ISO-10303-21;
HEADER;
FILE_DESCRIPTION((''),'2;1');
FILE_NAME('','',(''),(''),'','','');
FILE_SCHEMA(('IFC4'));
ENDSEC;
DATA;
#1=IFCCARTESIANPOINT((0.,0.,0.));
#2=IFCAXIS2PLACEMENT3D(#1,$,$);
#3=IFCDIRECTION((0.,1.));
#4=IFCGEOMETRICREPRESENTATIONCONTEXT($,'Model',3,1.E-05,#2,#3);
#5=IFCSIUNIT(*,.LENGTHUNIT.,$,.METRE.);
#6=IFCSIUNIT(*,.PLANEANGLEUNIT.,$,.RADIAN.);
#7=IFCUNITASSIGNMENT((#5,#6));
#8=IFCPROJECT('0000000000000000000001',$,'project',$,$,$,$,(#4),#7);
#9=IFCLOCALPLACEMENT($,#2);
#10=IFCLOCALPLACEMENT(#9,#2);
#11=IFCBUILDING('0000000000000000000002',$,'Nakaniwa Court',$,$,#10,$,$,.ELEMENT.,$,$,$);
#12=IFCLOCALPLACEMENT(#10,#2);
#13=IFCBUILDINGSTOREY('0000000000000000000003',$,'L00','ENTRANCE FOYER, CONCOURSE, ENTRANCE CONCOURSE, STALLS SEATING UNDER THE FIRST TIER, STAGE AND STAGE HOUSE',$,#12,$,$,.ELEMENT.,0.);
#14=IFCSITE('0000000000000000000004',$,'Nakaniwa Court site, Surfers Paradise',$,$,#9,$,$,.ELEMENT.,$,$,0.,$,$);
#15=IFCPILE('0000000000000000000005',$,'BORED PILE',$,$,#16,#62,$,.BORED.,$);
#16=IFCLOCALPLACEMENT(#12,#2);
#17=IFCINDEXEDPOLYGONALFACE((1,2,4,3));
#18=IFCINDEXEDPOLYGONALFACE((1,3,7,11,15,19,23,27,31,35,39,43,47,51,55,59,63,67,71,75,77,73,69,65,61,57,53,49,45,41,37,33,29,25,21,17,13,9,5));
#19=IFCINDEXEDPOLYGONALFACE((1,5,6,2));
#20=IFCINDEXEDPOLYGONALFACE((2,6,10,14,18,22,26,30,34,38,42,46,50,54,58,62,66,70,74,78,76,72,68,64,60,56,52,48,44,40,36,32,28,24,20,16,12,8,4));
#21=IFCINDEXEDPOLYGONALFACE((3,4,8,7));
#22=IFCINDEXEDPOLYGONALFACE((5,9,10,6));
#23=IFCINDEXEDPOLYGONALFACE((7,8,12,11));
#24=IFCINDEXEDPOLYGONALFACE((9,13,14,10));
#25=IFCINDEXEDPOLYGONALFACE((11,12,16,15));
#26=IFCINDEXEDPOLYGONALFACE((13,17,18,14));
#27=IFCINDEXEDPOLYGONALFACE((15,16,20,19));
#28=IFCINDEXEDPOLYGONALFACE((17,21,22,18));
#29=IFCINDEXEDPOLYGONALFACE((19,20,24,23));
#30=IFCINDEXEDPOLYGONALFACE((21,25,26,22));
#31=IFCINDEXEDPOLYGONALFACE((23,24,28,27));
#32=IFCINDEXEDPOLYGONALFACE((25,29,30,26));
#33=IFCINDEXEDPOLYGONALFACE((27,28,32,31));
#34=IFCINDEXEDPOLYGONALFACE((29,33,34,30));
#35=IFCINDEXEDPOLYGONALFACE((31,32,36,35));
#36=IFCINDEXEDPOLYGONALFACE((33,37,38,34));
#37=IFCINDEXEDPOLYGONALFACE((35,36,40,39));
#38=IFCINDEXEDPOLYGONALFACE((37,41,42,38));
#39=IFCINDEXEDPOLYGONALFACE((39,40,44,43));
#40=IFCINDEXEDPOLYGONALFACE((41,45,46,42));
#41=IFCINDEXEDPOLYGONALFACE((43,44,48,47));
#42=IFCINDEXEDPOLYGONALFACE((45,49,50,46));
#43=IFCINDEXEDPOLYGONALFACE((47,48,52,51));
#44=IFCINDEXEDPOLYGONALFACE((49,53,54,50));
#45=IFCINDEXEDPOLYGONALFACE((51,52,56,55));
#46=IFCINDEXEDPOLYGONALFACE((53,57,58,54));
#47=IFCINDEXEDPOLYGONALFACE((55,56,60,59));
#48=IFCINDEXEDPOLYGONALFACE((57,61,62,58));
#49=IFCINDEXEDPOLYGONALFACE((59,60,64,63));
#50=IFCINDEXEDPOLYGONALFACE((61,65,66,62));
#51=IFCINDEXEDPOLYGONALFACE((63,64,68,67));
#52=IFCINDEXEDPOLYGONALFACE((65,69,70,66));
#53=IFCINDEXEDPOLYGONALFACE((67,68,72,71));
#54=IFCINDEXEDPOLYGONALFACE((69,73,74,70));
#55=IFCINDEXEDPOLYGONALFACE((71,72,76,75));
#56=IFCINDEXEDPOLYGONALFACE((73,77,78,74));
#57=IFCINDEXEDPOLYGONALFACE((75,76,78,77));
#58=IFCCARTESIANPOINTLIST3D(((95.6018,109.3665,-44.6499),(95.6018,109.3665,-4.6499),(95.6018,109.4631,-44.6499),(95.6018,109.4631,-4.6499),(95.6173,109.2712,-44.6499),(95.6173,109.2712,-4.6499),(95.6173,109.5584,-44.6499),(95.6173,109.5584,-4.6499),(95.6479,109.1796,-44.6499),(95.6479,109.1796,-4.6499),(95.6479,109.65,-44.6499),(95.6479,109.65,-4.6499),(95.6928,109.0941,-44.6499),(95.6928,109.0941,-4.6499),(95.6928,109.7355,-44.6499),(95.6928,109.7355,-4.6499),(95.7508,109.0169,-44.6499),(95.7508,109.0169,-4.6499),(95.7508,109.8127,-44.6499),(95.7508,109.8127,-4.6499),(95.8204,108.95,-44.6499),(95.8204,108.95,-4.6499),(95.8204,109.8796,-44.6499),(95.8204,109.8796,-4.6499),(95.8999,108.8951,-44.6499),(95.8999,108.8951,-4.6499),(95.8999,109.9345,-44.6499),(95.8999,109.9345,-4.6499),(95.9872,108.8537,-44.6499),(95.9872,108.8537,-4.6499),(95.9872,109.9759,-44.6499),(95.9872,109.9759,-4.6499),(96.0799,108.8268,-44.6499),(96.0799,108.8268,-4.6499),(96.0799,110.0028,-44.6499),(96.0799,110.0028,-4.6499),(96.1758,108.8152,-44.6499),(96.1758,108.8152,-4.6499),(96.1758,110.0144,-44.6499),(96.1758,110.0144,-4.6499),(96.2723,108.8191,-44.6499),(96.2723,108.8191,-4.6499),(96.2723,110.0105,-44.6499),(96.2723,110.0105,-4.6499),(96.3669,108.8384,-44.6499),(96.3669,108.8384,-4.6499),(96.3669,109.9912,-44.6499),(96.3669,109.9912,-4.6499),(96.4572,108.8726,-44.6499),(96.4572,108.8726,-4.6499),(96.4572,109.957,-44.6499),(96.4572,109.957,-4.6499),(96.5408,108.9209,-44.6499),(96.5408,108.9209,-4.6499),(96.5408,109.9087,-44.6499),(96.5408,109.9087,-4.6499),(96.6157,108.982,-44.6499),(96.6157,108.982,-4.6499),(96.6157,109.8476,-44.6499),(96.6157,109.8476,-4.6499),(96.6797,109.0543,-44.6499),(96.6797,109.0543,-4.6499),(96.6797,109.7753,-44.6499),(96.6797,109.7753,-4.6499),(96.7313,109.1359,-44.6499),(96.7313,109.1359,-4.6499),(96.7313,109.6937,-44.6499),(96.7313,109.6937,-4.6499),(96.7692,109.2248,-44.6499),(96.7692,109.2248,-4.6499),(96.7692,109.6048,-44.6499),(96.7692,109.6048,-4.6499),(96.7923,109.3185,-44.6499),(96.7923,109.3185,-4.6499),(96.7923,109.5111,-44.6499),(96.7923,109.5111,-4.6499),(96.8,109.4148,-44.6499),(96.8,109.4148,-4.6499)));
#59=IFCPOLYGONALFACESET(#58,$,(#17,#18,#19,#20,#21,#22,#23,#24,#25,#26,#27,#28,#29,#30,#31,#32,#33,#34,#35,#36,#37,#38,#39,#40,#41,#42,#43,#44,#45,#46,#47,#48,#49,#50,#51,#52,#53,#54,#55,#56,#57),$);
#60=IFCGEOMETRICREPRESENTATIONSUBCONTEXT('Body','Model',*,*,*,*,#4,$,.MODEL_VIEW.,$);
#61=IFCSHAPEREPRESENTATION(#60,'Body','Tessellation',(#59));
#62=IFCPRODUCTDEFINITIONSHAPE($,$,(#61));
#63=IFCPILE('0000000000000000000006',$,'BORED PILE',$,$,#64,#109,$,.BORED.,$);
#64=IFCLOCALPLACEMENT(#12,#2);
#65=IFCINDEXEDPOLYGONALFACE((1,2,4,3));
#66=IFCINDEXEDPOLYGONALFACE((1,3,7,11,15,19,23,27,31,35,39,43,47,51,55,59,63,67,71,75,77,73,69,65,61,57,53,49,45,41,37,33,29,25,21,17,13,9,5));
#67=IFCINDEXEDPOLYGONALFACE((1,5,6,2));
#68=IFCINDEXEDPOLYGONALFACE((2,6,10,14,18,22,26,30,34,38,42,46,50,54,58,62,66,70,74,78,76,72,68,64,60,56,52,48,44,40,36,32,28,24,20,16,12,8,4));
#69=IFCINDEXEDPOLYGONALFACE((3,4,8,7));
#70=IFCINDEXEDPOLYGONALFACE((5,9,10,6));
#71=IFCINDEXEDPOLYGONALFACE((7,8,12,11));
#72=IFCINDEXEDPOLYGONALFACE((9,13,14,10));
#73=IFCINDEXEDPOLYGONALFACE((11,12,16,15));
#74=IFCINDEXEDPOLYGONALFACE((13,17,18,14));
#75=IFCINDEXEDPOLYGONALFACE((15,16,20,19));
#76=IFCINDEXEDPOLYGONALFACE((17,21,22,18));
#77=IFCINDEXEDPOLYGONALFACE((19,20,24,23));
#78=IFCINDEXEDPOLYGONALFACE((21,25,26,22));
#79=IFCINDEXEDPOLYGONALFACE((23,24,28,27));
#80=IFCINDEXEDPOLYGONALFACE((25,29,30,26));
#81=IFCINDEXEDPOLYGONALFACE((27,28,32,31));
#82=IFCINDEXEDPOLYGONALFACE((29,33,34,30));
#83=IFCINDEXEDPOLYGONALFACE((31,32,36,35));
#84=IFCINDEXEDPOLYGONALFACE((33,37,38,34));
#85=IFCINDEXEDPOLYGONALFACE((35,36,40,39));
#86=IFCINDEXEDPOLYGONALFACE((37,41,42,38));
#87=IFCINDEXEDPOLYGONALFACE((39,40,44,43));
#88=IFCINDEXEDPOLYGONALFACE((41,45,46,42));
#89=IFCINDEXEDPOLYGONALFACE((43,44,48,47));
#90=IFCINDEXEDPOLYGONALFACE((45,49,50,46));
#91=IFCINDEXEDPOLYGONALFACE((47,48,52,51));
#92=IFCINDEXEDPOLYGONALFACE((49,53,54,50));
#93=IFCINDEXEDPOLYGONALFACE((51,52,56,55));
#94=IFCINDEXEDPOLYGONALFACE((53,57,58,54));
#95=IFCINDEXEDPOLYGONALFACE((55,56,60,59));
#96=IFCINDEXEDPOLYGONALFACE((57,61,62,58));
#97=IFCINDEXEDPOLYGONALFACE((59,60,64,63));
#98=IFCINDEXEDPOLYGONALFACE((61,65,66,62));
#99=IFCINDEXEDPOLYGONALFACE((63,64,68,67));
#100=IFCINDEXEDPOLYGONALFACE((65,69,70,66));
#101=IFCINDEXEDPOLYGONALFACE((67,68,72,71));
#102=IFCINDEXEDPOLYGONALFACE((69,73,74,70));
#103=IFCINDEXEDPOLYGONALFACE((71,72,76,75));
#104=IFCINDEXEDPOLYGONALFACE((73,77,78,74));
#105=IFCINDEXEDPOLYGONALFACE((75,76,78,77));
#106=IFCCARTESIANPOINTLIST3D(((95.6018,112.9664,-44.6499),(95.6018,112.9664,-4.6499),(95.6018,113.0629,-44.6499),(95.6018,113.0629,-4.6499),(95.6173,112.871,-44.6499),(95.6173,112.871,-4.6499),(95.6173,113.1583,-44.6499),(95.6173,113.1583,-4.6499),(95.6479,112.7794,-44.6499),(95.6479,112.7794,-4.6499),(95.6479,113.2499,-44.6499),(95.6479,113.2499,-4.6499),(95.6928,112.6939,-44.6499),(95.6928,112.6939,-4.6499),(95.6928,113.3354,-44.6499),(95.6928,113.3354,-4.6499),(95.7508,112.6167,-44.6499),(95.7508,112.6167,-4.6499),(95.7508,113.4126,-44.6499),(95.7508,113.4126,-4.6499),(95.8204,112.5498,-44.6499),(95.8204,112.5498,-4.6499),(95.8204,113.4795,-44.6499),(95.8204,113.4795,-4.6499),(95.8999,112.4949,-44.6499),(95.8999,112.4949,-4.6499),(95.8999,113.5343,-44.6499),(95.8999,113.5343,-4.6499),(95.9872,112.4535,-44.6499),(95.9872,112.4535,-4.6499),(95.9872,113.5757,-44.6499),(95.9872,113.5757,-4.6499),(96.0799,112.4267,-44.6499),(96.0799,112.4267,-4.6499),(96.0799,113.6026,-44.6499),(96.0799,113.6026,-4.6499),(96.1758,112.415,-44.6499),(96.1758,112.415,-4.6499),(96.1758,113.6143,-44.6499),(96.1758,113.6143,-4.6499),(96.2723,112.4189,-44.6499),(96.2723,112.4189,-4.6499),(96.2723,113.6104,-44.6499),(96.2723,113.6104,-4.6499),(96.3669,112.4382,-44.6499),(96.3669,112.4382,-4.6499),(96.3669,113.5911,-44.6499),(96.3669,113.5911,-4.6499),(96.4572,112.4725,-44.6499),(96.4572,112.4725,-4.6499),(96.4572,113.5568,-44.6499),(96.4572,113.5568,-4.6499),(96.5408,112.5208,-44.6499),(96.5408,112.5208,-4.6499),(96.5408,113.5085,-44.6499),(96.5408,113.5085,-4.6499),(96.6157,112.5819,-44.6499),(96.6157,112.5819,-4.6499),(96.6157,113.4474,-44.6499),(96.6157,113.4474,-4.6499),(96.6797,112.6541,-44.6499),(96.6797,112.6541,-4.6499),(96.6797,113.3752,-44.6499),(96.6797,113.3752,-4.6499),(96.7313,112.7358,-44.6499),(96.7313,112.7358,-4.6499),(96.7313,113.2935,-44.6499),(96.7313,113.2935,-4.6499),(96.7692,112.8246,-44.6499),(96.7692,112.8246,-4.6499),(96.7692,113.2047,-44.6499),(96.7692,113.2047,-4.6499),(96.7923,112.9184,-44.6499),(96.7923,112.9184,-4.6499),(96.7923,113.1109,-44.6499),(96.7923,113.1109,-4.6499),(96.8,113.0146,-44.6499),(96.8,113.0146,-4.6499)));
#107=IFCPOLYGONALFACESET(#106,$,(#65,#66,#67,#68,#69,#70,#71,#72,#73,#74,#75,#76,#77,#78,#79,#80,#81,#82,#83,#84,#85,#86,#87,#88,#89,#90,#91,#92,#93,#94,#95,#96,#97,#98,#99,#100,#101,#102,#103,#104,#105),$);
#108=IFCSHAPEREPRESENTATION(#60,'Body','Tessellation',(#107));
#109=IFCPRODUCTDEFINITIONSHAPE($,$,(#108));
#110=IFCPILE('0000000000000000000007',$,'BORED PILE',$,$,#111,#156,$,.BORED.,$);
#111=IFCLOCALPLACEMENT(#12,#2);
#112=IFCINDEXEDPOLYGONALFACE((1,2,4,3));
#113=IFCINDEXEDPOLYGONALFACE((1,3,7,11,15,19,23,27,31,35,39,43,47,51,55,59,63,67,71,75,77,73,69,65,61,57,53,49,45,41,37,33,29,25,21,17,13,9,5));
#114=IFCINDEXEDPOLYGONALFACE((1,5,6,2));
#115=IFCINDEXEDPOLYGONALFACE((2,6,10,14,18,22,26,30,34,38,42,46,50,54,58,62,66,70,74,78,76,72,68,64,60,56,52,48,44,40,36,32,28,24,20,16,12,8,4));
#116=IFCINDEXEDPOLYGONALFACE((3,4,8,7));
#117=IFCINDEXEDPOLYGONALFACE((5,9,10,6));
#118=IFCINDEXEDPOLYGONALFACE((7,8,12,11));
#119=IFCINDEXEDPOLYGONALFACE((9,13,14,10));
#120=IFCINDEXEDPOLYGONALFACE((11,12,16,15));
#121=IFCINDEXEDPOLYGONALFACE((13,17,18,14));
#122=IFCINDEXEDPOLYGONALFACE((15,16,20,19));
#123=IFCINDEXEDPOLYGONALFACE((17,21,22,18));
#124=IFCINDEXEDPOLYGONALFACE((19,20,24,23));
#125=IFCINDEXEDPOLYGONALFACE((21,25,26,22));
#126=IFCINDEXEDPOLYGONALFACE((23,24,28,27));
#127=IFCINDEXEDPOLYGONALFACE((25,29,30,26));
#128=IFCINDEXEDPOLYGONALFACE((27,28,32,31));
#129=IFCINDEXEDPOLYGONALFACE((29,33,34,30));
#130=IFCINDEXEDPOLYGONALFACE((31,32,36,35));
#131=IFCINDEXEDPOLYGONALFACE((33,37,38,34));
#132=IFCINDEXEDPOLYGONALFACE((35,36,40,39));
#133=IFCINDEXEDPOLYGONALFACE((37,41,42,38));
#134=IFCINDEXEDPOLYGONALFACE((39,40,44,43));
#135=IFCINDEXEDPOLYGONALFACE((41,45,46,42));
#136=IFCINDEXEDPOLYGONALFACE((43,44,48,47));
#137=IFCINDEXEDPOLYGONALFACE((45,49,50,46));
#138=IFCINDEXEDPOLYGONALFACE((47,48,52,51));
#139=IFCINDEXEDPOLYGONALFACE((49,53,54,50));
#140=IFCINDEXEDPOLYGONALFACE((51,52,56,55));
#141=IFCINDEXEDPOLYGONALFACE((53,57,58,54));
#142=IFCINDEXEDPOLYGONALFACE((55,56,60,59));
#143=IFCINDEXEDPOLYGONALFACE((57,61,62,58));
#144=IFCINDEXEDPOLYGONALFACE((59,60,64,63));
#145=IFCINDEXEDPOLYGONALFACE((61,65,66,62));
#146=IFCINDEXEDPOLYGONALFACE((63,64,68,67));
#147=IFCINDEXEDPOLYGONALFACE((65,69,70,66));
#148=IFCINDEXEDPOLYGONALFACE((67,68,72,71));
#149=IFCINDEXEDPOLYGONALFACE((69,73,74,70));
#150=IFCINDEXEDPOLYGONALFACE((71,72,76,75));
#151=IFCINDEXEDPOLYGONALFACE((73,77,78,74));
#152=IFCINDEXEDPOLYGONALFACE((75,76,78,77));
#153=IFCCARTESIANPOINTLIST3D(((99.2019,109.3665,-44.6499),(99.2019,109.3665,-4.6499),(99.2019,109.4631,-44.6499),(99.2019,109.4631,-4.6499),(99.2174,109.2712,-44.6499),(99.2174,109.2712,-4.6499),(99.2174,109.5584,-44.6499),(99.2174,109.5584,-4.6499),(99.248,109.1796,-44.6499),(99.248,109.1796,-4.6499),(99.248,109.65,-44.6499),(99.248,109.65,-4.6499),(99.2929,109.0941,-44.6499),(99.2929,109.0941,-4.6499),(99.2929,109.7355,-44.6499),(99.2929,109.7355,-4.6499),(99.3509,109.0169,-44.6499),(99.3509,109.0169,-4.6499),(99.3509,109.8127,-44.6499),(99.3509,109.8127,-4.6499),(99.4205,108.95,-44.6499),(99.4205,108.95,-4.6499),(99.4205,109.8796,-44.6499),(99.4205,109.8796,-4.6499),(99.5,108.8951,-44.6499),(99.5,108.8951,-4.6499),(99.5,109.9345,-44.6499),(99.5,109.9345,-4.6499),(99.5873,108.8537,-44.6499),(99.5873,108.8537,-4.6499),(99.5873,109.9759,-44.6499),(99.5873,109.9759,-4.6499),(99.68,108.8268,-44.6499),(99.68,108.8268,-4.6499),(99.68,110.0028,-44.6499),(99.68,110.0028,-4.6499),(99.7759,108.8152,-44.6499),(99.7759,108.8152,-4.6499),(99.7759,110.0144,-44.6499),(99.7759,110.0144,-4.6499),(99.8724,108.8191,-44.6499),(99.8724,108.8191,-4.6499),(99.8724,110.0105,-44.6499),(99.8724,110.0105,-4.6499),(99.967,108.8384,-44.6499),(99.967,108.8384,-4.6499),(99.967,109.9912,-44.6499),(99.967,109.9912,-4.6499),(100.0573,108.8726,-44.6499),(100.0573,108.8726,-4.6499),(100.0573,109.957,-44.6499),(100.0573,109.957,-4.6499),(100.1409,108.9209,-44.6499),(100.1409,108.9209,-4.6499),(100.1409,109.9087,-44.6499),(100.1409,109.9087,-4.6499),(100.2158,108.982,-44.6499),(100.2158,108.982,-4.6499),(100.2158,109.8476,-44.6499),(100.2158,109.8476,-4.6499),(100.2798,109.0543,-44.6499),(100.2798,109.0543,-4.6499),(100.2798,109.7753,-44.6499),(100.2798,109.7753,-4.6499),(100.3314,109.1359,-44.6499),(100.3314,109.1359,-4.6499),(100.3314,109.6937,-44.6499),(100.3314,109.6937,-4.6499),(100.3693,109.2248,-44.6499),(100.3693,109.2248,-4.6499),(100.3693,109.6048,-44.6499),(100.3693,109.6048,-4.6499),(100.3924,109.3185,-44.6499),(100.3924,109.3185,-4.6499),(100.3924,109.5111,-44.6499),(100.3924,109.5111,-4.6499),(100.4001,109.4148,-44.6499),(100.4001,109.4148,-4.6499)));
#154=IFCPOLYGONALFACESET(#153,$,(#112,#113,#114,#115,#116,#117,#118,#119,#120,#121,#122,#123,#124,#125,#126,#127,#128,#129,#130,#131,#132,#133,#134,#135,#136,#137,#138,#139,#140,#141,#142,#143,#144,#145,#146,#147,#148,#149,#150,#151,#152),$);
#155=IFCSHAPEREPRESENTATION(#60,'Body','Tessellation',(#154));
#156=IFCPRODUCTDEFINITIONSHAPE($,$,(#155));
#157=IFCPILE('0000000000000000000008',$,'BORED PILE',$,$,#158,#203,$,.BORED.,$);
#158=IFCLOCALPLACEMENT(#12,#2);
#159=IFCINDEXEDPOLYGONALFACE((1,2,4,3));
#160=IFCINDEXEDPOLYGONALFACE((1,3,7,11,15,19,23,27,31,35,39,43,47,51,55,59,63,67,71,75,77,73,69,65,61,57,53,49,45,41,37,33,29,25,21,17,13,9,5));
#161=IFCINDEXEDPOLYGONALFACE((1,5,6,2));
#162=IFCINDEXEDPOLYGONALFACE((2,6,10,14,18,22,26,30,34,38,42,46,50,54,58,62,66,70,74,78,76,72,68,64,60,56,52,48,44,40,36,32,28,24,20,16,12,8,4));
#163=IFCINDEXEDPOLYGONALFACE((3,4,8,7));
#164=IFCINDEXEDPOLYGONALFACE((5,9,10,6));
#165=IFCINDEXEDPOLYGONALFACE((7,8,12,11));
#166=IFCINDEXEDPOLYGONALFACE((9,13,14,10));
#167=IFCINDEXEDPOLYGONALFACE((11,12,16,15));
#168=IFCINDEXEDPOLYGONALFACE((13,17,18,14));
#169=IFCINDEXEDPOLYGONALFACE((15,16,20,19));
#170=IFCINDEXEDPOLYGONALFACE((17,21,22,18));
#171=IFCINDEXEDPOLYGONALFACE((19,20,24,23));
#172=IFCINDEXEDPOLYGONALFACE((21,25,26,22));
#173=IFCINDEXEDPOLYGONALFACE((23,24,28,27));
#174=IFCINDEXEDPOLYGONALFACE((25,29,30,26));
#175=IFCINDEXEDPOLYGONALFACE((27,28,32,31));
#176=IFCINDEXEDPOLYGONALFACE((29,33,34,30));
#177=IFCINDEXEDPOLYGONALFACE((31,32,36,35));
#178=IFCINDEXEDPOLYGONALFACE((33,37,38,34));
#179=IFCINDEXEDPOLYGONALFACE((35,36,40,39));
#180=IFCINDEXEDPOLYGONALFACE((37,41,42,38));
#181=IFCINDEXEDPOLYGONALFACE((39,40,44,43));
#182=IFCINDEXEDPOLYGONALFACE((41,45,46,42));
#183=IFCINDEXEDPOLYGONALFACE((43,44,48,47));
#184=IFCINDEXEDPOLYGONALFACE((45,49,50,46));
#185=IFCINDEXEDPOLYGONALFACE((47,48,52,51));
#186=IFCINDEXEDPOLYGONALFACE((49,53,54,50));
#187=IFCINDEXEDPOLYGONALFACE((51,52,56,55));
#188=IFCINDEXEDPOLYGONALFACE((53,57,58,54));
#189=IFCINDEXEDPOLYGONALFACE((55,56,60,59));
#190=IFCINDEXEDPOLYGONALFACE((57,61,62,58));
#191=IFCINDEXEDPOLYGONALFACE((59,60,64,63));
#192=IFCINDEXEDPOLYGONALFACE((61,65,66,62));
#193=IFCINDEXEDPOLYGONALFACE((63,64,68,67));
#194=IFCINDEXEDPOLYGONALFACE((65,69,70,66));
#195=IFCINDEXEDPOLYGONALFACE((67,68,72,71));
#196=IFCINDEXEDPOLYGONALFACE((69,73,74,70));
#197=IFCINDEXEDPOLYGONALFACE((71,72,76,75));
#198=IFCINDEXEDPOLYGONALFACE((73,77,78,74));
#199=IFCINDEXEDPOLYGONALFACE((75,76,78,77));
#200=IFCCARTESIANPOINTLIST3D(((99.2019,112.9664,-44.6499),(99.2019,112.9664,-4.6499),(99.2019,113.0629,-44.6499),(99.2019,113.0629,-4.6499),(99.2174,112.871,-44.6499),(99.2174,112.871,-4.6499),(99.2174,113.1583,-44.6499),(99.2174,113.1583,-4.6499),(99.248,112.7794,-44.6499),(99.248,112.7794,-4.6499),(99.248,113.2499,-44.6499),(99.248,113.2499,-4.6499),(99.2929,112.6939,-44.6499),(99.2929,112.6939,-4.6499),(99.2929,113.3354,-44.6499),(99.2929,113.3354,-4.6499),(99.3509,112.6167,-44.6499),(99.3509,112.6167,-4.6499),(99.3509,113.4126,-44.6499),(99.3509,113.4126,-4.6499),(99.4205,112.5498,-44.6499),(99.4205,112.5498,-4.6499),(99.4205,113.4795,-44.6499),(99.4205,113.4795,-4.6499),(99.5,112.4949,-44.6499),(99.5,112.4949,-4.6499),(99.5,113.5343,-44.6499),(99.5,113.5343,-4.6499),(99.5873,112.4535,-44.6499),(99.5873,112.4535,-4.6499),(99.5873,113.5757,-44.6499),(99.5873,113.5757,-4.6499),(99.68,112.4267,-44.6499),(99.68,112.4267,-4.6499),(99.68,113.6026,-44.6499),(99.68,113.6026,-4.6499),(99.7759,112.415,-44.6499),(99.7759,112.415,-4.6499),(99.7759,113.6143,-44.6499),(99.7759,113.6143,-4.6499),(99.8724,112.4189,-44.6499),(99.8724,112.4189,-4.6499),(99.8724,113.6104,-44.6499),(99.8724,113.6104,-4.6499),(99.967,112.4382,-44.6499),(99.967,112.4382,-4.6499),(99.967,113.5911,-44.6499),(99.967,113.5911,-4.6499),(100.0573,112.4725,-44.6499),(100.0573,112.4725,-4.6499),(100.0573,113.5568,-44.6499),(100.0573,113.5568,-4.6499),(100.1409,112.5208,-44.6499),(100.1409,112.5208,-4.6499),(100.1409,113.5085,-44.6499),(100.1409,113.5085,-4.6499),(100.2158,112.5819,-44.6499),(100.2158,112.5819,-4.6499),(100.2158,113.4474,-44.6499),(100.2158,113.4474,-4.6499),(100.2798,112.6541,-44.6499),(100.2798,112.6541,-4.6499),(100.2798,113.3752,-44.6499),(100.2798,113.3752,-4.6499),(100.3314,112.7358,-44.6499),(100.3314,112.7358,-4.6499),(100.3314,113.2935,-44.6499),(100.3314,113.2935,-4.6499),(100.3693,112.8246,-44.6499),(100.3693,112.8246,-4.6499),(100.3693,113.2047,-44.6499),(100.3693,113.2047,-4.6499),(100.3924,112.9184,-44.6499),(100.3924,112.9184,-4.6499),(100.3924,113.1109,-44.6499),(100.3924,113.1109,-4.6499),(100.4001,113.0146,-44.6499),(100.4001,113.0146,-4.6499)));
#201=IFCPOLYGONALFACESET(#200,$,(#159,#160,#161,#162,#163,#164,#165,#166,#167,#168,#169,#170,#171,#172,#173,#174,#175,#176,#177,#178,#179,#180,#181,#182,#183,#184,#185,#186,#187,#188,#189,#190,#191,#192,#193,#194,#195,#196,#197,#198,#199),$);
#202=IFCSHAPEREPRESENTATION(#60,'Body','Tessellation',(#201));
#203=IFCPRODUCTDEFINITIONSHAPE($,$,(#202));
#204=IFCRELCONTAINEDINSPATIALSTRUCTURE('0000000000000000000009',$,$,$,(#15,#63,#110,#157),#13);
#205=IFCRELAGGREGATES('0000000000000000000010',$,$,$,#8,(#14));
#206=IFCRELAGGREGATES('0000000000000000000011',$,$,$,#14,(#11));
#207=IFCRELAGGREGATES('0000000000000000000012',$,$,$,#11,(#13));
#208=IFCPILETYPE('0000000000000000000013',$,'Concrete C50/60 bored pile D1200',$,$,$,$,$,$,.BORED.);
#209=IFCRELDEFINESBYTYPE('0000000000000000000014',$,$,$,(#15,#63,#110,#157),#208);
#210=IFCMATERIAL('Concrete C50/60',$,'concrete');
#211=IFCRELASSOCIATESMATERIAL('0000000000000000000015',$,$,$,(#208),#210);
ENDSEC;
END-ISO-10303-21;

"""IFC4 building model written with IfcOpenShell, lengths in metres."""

from ifc_helpers import new_model, si_unit, direction, frame, origin, origin_2d, place, context, subcontext, project, spatial, circle, extrude, material, material_profile, profile_set, type_object, element, save


model = new_model("IFC4")

# Units and contexts
model_context = context("Model", 3, precision=1e-05, world=origin(), true_north=direction((0.0, 1.0)))
body_context = subcontext(model_context, "Body", "Model", "MODEL_VIEW")
ifc_project = project(units=[si_unit("LENGTHUNIT", "METRE"), si_unit("PLANEANGLEUNIT", "RADIAN")], contexts=[model_context])

# Site, building, storey
site_placement = place(None, origin())
site = spatial("IfcSite", under=ifc_project, at=site_placement, Name="Nakaniwa Court site, Surfers Paradise", CompositionType="ELEMENT", RefElevation=0.0)
building_placement = place(site_placement, origin())
building = spatial("IfcBuilding", under=site, at=building_placement, Name="Nakaniwa Court", CompositionType="ELEMENT")
storey_placement = place(building_placement, origin())
storey = spatial("IfcBuildingStorey", under=building, at=storey_placement, Name="L00", Description="ENTRANCE FOYER, CONCOURSE, ENTRANCE CONCOURSE, STALLS SEATING UNDER THE FIRST TIER, STAGE AND STAGE HOUSE", CompositionType="ELEMENT", Elevation=0.0)

# Piles
ifc_material_1 = material(Name="Concrete C50/60", Category="concrete")
ifc_material_profile_1 = material_profile(ifc_material_1, circle(Radius=0.6001, at=origin_2d()), Name="Concrete C50/60 bored pile D1200")
ifc_profile_set_1 = profile_set([ifc_material_profile_1], Name="Concrete C50/60")
pile_type = type_object("IfcPileType", Name="Concrete C50/60 bored pile D1200", PredefinedType="BORED", material=ifc_profile_set_1)
for number, where, z_axis, x_axis, name in (
    (1, (96.2, 109.4148, -4.6499), (0.0, 0.0, -1.0), (1.0, 0.0, 0.0), "BORED PILE"),
    (2, (96.2, 113.0146, -4.6499), (0.0, 0.0, -1.0), (1.0, 0.0, 0.0), "BORED PILE"),
    (3, (99.8, 109.4148, -4.6499), (0.0, 0.0, -1.0), (1.0, 0.0, 0.0), "BORED PILE"),
    (4, (99.8, 113.0146, -4.6499), (0.0, 0.0, -1.0), (1.0, 0.0, 0.0), "BORED PILE"),
):
    element("IfcPile", number, at=place(storey_placement, frame(where, z_axis=z_axis, x_axis=x_axis)), inside=storey, type_object=pile_type, Name=name, PredefinedType="BORED", context=body_context, shape_type="SweptSolid", body=[
        extrude(circle(Radius=0.6001, at=origin_2d()), origin(), (0.0, 0.0, 1.0), 40.0),
    ])

save(model, "model.ifc")
